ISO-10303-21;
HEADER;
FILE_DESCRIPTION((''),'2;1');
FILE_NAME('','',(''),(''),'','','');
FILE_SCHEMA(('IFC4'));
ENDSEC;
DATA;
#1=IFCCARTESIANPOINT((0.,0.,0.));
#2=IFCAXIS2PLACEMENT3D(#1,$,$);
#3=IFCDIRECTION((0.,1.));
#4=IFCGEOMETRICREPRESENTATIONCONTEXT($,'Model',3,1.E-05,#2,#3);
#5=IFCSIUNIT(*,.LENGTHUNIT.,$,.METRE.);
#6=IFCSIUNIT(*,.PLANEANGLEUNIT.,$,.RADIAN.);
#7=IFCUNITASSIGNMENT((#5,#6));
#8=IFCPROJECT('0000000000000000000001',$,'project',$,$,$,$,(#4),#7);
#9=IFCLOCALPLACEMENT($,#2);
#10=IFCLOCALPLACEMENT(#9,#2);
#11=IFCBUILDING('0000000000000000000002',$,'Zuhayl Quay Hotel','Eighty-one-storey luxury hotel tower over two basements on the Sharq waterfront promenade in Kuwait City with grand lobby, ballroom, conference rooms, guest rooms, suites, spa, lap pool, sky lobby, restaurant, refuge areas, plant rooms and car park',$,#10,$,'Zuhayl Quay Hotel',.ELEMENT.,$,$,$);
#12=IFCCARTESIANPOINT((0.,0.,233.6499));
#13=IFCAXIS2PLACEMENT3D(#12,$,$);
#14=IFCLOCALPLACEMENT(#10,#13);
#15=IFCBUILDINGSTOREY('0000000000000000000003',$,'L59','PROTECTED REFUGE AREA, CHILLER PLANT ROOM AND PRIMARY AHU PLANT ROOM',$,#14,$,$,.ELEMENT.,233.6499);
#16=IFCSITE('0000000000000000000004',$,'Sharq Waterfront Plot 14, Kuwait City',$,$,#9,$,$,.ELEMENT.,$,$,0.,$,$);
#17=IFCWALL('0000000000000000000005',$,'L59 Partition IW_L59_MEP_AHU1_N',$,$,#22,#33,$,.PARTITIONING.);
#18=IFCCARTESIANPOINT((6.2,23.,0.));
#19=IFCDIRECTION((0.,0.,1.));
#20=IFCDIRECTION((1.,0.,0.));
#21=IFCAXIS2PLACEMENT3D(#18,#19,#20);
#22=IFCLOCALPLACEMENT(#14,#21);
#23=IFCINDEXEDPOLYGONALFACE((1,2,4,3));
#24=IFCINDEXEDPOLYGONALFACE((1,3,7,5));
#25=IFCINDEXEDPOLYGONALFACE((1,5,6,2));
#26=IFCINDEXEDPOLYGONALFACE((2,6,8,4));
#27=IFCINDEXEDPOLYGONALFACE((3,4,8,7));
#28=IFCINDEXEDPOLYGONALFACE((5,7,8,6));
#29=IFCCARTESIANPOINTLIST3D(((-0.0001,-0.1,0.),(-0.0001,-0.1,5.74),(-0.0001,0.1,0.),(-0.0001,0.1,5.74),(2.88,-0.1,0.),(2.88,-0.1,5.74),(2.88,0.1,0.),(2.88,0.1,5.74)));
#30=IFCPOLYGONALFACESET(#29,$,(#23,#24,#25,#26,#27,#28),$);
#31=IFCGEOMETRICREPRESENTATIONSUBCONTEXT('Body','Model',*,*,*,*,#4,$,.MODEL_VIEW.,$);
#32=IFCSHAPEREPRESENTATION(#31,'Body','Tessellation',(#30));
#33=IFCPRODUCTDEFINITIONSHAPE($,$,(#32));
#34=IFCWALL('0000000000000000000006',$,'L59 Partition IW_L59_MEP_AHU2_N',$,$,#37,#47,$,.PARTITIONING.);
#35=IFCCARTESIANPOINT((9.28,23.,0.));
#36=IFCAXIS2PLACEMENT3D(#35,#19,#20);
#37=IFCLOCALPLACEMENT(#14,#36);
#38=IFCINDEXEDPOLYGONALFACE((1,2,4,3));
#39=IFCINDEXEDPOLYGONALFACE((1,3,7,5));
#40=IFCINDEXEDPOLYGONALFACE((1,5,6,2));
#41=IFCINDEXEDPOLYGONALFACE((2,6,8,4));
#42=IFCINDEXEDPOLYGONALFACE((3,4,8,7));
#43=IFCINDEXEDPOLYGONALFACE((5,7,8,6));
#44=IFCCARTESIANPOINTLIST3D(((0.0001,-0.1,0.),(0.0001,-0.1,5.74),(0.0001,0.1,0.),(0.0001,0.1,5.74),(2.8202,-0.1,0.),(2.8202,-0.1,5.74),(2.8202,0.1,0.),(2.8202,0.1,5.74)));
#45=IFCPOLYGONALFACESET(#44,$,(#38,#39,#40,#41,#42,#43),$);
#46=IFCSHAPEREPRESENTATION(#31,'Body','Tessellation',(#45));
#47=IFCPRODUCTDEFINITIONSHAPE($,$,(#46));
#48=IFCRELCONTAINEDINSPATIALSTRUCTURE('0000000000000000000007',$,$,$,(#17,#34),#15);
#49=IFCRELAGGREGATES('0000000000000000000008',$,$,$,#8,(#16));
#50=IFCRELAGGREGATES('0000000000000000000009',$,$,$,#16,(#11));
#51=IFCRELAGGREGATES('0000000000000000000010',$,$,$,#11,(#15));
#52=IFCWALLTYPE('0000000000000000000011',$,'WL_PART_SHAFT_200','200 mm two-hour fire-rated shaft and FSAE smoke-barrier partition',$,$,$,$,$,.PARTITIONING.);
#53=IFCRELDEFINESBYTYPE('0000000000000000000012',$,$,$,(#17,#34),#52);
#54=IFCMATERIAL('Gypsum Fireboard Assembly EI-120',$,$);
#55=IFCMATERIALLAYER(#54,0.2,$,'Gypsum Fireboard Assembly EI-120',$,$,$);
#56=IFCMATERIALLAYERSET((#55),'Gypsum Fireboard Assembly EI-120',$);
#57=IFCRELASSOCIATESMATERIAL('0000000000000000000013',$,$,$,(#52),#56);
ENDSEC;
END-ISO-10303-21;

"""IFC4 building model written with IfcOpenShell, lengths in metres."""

from ifc_helpers import new_model, si_unit, direction, frame, frame_2d, origin, place, context, subcontext, project, spatial, rectangle, extrude, material, layer, layer_set, type_object, element, save


model = new_model("IFC4")

# Units and contexts
model_context = context("Model", 3, precision=1e-05, world=origin(), true_north=direction((0.0, 1.0)))
body_context = subcontext(model_context, "Body", "Model", "MODEL_VIEW")
ifc_project = project(units=[si_unit("LENGTHUNIT", "METRE"), si_unit("PLANEANGLEUNIT", "RADIAN")], contexts=[model_context])

# Site, building, storey
site_placement = place(None, origin())
site = spatial("IfcSite", under=ifc_project, at=site_placement, Name="Sharq Waterfront Plot 14, Kuwait City", CompositionType="ELEMENT", RefElevation=0.0)
building_placement = place(site_placement, origin())
building = spatial("IfcBuilding", under=site, at=building_placement, Name="Zuhayl Quay Hotel", Description="Eighty-one-storey luxury hotel tower over two basements on the Sharq waterfront promenade in Kuwait City with grand lobby, ballroom, conference rooms, guest rooms, suites, spa, lap pool, sky lobby, restaurant, refuge areas, plant rooms and car park", LongName="Zuhayl Quay Hotel", CompositionType="ELEMENT")
storey_placement = place(building_placement, frame((0.0, 0.0, 233.6499)))
storey = spatial("IfcBuildingStorey", under=building, at=storey_placement, Name="L59", Description="PROTECTED REFUGE AREA, CHILLER PLANT ROOM AND PRIMARY AHU PLANT ROOM", CompositionType="ELEMENT", Elevation=233.6499)

# Shared definitions
ifc_material_1 = material(Name="Gypsum Fireboard Assembly EI-120")
ifc_layer_1 = layer(ifc_material_1, 0.2, Name="Gypsum Fireboard Assembly EI-120")
ifc_layer_set_1 = layer_set([ifc_layer_1], Name="Gypsum Fireboard Assembly EI-120")
wall_type_1 = type_object("IfcWallType", Name="WL_PART_SHAFT_200", Description="200 mm two-hour fire-rated shaft and FSAE smoke-barrier partition", PredefinedType="PARTITIONING", material=ifc_layer_set_1)

# Walls
wall_1_placement = place(storey_placement, frame((6.2, 23.0, 0.0), z_axis=(0.0, 0.0, 1.0), x_axis=(1.0, 0.0, 0.0)))
element("IfcWall", 1, at=wall_1_placement, inside=storey, type_object=wall_type_1, Name="L59 Partition IW_L59_MEP_AHU1_N", PredefinedType="PARTITIONING", context=body_context, shape_type="SweptSolid", body=[
    extrude(rectangle(XDim=2.8801, YDim=0.2, at=frame_2d((1.4399, 0.0))), origin(), (0.0, 0.0, 1.0), 5.74),
])
wall_2_placement = place(storey_placement, frame((9.28, 23.0, 0.0), z_axis=(0.0, 0.0, 1.0), x_axis=(1.0, 0.0, 0.0)))
element("IfcWall", 2, at=wall_2_placement, inside=storey, type_object=wall_type_1, Name="L59 Partition IW_L59_MEP_AHU2_N", PredefinedType="PARTITIONING", context=body_context, shape_type="SweptSolid", body=[
    extrude(rectangle(XDim=2.8201, YDim=0.2, at=frame_2d((1.4102, 0.0))), origin(), (0.0, 0.0, 1.0), 5.74),
])

save(model, "model.ifc")
